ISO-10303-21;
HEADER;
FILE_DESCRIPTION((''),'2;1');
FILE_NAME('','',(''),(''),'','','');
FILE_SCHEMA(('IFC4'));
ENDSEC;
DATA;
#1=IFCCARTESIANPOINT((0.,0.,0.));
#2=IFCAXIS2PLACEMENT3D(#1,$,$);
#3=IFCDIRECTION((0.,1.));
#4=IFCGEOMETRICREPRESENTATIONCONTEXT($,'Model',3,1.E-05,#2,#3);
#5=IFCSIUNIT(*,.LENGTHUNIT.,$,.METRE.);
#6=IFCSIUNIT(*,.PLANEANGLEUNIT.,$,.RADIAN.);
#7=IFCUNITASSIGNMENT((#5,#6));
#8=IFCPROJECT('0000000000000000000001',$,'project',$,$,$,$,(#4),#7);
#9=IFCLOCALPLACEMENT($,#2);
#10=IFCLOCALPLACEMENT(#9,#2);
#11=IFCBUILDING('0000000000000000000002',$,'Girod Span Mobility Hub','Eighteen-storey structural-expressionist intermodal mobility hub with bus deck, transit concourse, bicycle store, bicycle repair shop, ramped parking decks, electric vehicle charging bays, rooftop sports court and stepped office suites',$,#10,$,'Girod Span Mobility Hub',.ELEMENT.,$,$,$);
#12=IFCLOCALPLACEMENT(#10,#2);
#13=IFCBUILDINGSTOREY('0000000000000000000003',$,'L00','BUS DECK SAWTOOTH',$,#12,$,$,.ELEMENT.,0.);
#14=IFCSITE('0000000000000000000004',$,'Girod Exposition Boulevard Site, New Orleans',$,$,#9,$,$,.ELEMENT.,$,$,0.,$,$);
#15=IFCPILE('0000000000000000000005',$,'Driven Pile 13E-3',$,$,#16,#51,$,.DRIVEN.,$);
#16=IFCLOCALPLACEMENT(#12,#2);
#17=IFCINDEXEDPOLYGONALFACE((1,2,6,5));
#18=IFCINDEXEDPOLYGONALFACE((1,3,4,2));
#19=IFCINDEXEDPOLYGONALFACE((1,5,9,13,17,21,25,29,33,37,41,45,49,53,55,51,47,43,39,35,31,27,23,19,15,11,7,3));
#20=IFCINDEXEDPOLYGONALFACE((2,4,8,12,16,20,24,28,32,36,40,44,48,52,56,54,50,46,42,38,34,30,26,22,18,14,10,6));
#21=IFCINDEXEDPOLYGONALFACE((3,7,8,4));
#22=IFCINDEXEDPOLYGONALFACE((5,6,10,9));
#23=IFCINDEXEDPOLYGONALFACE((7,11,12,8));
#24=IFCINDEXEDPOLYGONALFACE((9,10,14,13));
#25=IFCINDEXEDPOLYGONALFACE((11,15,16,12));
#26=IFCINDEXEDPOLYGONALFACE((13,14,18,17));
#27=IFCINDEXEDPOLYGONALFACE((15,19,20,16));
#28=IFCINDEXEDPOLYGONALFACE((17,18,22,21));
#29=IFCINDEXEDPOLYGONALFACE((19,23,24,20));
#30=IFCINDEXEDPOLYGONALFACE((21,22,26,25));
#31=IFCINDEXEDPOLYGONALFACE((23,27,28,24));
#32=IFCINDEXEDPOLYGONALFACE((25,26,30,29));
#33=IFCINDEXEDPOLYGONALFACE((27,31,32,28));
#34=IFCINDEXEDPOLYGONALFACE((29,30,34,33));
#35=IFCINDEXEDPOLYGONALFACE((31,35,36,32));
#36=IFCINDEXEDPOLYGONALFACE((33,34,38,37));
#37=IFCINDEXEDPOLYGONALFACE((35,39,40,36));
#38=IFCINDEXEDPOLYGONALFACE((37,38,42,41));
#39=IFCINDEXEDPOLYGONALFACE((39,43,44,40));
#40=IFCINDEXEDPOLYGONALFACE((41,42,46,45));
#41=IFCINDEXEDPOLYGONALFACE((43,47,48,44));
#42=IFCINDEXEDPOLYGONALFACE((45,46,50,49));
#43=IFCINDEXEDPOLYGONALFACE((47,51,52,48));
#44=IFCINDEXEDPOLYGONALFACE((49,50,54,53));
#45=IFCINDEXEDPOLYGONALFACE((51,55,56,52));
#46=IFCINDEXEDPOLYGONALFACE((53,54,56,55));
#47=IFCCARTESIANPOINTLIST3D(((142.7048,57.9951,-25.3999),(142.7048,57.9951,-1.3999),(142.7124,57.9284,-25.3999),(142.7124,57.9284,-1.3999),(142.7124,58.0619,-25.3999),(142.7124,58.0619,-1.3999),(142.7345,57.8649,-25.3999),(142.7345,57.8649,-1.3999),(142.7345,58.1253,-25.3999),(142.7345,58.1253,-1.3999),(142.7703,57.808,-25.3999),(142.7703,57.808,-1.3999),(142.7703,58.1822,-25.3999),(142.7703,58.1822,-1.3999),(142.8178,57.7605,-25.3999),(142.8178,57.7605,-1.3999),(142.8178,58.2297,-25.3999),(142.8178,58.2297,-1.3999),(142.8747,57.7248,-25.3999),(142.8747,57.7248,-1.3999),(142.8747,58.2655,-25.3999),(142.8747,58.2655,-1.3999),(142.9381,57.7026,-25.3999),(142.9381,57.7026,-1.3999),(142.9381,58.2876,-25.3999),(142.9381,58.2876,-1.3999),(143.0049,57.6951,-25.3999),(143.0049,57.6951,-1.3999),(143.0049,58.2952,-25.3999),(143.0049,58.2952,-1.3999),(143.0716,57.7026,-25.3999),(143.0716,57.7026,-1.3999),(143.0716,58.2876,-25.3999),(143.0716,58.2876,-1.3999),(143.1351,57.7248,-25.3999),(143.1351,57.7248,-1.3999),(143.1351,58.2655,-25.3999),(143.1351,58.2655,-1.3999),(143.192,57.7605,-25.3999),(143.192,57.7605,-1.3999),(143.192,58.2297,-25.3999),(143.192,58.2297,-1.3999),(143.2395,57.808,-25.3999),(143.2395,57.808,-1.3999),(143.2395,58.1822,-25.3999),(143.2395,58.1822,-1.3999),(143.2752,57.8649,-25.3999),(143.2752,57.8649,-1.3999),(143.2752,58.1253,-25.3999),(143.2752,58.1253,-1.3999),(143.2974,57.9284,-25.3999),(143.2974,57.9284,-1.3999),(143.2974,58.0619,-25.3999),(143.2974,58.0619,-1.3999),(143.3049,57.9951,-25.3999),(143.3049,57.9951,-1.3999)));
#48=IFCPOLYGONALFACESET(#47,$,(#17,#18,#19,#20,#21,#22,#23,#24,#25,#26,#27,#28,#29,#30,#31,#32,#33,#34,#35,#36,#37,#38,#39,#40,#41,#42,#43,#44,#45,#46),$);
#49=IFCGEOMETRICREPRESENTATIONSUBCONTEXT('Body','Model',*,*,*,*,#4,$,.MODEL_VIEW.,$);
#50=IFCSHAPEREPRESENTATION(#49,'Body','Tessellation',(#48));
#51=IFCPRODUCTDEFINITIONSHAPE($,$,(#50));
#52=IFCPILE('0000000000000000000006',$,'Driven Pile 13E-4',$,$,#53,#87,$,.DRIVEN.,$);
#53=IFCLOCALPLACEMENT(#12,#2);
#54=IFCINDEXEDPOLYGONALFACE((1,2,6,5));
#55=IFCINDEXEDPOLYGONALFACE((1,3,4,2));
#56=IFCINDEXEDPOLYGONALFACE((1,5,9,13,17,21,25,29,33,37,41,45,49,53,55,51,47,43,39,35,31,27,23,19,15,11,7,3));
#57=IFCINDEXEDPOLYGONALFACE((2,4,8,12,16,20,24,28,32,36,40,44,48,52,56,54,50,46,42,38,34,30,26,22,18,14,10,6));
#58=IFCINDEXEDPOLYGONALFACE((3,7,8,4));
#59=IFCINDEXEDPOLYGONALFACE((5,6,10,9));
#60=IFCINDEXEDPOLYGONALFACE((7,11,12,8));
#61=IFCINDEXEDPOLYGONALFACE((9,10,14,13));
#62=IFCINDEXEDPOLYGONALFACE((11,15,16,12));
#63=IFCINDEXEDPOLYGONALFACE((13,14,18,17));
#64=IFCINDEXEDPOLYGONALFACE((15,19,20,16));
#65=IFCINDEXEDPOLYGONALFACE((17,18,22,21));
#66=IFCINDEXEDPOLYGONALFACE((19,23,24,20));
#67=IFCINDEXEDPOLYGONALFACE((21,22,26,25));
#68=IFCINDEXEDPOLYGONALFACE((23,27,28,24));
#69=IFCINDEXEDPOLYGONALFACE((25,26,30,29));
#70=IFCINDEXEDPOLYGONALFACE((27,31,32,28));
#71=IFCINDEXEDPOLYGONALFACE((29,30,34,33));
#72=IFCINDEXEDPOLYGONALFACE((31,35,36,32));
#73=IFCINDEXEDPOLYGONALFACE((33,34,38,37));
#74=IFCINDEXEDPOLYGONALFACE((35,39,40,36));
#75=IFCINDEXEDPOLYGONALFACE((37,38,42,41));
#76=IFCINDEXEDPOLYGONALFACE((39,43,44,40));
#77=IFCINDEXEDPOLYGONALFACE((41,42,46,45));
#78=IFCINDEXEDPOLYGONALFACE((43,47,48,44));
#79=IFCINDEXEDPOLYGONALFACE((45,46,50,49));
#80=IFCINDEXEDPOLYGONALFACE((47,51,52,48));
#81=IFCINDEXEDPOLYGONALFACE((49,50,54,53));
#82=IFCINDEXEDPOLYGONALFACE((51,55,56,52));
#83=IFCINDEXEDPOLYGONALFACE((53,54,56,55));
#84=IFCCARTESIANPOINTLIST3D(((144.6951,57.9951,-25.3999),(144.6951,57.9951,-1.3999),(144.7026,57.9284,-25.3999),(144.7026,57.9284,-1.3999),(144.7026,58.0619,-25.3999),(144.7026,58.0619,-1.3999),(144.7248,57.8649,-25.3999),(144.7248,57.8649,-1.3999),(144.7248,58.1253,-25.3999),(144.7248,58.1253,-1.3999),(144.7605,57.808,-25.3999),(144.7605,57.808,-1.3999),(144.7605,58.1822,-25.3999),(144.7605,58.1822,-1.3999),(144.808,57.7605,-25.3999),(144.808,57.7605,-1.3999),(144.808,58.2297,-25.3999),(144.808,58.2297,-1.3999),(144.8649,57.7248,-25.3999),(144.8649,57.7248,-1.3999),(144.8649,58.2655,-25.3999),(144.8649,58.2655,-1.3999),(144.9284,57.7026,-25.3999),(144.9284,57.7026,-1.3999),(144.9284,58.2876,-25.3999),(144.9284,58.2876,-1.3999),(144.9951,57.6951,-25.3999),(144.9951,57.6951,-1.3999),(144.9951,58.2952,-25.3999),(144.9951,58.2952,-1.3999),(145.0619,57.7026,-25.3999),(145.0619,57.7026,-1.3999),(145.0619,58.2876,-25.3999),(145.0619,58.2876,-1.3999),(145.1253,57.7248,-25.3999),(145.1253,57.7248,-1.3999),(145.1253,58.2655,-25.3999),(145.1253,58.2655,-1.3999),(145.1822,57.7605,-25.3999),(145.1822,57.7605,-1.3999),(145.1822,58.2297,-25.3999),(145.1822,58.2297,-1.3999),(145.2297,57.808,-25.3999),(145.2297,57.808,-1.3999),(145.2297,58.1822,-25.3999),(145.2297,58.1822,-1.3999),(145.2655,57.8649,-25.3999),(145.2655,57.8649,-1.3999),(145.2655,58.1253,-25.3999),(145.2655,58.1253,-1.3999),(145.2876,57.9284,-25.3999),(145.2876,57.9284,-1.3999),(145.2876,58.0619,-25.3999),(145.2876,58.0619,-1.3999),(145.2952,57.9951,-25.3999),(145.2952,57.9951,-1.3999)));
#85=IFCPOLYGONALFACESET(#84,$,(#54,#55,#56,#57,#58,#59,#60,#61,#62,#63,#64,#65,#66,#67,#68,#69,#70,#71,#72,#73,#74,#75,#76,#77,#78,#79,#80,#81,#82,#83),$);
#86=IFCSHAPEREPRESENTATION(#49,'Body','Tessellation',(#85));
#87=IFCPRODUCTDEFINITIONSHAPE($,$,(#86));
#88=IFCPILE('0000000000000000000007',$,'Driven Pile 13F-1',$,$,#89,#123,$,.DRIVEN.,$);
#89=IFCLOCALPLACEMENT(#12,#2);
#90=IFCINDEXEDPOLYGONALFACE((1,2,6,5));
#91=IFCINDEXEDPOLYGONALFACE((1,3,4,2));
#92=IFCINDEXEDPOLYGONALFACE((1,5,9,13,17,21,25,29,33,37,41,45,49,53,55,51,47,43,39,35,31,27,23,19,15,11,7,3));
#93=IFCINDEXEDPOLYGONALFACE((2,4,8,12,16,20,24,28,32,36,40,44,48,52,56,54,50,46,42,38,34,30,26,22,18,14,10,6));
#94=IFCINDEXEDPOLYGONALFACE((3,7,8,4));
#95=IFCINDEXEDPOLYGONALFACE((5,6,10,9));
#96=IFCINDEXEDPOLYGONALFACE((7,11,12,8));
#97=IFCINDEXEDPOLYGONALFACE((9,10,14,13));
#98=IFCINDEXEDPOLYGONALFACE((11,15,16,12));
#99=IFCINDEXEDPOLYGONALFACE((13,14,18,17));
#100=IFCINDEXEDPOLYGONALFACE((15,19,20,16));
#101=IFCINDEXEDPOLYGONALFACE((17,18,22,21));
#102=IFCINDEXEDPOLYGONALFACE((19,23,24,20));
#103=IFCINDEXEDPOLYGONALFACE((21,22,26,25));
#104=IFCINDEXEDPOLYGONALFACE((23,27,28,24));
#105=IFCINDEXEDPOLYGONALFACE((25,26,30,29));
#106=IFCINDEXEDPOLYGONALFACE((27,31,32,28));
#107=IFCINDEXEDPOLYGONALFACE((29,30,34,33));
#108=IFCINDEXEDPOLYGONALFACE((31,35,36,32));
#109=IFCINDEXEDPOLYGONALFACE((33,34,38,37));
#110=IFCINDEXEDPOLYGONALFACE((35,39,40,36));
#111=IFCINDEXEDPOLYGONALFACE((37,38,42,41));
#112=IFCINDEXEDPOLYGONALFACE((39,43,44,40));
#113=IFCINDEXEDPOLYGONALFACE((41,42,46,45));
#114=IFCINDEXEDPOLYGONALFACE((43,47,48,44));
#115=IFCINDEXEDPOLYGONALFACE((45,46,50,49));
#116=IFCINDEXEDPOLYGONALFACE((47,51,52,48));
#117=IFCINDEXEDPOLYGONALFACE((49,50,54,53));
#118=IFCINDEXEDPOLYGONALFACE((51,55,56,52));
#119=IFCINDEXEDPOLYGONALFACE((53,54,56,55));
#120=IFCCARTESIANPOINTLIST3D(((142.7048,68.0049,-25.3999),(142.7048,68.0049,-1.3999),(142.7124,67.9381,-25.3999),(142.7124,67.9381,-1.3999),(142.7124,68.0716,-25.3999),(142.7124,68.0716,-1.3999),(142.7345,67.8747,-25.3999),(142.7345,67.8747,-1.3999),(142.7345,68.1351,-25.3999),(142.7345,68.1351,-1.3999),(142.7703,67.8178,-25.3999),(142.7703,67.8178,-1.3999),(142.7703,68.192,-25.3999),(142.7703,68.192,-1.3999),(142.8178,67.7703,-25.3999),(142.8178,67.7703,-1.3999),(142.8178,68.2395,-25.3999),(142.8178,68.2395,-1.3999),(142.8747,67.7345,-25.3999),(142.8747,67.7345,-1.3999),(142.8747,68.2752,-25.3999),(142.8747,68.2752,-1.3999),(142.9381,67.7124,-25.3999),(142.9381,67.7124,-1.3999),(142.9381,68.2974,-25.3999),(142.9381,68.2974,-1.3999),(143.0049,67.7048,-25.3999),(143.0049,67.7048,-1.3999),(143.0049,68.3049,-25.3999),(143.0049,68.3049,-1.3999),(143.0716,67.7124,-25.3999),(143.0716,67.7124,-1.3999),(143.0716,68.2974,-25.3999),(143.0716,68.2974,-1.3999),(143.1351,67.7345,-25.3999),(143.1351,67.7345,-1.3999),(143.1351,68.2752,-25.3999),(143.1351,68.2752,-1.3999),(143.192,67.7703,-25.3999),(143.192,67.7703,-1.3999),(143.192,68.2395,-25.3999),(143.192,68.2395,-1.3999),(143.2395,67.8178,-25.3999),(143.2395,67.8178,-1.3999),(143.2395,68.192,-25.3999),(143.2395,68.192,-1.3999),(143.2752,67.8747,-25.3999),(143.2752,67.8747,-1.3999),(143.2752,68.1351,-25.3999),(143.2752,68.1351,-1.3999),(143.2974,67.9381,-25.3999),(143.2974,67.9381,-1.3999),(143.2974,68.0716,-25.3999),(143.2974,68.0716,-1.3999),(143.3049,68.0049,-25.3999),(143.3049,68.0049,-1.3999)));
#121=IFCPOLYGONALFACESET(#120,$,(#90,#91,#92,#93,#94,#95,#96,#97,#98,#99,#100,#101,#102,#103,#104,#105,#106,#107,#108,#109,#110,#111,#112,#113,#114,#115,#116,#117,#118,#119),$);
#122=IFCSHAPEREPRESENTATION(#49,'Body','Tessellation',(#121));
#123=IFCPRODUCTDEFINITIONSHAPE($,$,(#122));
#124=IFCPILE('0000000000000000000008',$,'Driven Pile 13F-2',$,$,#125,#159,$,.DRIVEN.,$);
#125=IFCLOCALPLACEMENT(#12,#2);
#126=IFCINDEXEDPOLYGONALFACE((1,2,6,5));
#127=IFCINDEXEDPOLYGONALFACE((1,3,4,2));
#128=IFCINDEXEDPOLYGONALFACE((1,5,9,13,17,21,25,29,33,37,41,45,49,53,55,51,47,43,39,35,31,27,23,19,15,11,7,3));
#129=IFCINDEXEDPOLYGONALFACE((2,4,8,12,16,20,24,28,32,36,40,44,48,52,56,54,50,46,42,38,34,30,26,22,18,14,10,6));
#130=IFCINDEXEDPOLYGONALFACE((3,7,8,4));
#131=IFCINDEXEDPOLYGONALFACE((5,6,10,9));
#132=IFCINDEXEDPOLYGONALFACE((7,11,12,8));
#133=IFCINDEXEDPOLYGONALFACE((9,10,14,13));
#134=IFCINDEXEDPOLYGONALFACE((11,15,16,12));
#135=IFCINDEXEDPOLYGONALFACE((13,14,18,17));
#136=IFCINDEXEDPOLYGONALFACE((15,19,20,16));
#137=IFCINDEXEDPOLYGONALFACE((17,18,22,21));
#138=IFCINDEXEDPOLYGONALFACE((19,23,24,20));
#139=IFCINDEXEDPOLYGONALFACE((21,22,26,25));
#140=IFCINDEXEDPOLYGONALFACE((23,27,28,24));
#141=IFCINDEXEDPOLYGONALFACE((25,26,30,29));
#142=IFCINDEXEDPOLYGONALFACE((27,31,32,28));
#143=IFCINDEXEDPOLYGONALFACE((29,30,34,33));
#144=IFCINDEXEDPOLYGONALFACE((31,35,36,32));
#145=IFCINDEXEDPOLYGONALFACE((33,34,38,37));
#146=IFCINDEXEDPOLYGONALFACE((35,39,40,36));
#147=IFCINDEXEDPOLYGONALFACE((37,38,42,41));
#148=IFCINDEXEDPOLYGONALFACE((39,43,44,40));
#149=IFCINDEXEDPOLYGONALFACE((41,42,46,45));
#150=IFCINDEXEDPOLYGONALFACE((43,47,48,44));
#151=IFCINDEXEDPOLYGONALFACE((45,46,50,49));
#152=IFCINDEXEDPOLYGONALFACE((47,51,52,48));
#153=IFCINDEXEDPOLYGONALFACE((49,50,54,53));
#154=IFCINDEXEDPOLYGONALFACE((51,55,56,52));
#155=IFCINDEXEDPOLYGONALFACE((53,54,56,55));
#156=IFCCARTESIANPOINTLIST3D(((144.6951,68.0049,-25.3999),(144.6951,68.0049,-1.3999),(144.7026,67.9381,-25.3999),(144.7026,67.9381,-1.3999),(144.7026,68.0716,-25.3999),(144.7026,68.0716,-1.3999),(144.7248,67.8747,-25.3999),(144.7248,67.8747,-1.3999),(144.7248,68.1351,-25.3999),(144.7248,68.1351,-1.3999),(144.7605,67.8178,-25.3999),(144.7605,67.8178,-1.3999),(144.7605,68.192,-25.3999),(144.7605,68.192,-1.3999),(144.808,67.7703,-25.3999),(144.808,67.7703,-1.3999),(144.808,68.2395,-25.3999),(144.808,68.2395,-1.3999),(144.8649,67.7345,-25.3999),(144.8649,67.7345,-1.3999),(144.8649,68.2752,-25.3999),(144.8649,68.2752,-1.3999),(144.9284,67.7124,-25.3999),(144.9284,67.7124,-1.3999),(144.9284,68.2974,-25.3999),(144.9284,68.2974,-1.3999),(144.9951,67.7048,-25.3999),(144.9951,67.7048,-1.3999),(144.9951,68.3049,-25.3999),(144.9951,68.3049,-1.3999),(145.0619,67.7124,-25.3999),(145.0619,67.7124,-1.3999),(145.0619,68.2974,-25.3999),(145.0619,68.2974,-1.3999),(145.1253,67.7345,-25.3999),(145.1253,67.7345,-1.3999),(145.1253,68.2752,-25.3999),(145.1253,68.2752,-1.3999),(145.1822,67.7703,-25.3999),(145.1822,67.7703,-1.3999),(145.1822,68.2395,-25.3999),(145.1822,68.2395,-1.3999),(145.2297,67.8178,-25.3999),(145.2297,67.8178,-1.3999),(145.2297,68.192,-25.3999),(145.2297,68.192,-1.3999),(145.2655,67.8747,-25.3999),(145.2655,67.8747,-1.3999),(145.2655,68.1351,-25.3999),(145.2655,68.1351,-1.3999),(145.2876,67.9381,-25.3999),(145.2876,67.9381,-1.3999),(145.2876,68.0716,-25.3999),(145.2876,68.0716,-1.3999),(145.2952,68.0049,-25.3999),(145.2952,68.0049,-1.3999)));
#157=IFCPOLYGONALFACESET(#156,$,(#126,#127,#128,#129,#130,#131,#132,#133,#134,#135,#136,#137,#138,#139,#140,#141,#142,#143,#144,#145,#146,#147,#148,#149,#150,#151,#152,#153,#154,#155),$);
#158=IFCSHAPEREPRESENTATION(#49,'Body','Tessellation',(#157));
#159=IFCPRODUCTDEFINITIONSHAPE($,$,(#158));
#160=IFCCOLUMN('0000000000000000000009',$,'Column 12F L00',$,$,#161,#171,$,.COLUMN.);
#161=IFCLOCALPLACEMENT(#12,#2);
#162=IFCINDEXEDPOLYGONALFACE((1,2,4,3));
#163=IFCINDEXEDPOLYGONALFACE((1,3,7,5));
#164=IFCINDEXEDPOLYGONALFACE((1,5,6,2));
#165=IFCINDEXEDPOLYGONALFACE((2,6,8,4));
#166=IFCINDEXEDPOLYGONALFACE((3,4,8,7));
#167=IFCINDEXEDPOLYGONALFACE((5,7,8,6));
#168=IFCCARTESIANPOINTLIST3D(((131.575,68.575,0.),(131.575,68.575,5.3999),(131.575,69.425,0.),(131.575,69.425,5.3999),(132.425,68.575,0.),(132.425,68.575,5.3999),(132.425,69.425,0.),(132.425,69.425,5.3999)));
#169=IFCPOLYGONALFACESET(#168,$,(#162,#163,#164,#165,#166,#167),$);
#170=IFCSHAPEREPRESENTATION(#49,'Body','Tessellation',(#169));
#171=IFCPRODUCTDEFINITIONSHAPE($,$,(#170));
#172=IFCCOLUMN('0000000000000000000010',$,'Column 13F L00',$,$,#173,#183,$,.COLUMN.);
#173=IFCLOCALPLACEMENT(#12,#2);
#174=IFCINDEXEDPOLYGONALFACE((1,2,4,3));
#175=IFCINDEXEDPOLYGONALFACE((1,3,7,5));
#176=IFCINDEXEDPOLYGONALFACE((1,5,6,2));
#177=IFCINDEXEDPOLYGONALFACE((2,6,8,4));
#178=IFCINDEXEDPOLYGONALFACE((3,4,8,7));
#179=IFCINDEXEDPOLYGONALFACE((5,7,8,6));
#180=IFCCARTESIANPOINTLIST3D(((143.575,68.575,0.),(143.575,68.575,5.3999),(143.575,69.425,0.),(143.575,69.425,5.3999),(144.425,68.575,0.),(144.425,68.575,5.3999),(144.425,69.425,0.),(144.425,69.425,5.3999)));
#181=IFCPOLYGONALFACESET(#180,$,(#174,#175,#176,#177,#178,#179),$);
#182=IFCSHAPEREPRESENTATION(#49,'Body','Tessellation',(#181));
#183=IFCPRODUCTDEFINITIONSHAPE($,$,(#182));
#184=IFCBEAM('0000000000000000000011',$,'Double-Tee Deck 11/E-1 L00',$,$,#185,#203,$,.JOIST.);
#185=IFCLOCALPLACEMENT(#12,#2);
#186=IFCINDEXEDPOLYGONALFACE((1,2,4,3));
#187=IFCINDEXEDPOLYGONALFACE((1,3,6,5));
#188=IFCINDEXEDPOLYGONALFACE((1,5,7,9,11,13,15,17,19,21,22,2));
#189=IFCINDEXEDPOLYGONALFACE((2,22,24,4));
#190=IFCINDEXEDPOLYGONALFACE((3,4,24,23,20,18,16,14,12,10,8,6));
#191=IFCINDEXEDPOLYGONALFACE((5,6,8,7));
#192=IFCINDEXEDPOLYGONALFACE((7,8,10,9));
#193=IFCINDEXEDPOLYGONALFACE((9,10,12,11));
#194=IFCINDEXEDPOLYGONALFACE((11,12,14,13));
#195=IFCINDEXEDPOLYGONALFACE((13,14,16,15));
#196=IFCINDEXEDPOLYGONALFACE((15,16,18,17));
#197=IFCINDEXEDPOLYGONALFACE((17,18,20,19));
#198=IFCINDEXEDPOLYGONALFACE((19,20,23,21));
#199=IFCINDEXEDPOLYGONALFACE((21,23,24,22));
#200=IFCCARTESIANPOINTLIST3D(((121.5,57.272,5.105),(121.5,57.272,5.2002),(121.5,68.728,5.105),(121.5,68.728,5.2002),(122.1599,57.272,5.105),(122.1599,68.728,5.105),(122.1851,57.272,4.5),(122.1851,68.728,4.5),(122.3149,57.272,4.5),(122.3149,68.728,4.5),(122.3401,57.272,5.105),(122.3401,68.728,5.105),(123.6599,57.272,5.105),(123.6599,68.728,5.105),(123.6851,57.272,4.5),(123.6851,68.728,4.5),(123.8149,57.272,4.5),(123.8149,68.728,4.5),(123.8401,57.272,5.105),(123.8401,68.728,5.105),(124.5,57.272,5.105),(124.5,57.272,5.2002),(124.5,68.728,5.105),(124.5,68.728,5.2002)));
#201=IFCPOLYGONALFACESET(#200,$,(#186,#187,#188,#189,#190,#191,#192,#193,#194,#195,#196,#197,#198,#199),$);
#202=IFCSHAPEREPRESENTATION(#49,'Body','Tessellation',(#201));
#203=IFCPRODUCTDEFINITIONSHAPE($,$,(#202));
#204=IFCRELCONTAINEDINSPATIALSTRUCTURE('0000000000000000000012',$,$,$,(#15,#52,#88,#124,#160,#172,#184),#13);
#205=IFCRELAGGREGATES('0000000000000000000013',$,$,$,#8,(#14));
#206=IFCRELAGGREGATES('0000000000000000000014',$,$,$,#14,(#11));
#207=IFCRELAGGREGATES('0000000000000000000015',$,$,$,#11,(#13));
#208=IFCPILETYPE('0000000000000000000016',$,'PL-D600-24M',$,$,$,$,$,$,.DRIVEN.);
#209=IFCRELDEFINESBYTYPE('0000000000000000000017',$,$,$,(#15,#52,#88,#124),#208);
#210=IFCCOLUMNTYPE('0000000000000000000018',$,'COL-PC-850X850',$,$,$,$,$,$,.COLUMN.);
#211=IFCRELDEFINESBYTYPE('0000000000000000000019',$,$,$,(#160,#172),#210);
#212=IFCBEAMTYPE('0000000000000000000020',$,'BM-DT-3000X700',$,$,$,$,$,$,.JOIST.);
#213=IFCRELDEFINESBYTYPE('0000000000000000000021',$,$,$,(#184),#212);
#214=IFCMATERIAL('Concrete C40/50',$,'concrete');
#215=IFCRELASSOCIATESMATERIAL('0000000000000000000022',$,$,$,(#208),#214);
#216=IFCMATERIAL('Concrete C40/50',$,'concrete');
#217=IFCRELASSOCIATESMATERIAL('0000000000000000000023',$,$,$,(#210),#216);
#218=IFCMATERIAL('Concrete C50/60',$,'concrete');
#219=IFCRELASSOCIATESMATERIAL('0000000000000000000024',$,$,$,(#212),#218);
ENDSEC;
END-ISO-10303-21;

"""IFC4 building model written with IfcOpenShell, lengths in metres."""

from ifc_helpers import new_model, si_unit, direction, frame, origin, origin_2d, place, context, subcontext, project, spatial, polyline, rectangle, circle, outline, extrude, material, material_profile, profile_set, type_object, element, save


model = new_model("IFC4")

# Units and contexts
model_context = context("Model", 3, precision=1e-05, world=origin(), true_north=direction((0.0, 1.0)))
body_context = subcontext(model_context, "Body", "Model", "MODEL_VIEW")
ifc_project = project(units=[si_unit("LENGTHUNIT", "METRE"), si_unit("PLANEANGLEUNIT", "RADIAN")], contexts=[model_context])

# Site, building, storey
site_placement = place(None, origin())
site = spatial("IfcSite", under=ifc_project, at=site_placement, Name="Girod Exposition Boulevard Site, New Orleans", CompositionType="ELEMENT", RefElevation=0.0)
building_placement = place(site_placement, origin())
building = spatial("IfcBuilding", under=site, at=building_placement, Name="Girod Span Mobility Hub", Description="Eighteen-storey structural-expressionist intermodal mobility hub with bus deck, transit concourse, bicycle store, bicycle repair shop, ramped parking decks, electric vehicle charging bays, rooftop sports court and stepped office suites", LongName="Girod Span Mobility Hub", CompositionType="ELEMENT")
storey_placement = place(building_placement, origin())
storey = spatial("IfcBuildingStorey", under=building, at=storey_placement, Name="L00", Description="BUS DECK SAWTOOTH", CompositionType="ELEMENT", Elevation=0.0)

# Piles
ifc_material_1 = material(Name="Concrete C40/50", Category="concrete")
ifc_material_profile_1 = material_profile(ifc_material_1, circle(Radius=0.3, at=origin_2d()), Name="PILE-D600")
ifc_profile_set_1 = profile_set([ifc_material_profile_1], Name="Concrete C40/50")
pile_type = type_object("IfcPileType", Name="PL-D600-24M", PredefinedType="DRIVEN", material=ifc_profile_set_1)
for number, where, z_axis, x_axis, name in (
    (1, (143.0049, 57.9951, -1.3999), (0.0, 0.0, -1.0), (1.0, 0.0, 0.0), "Driven Pile 13E-3"),
    (2, (144.9951, 57.9951, -1.3999), (0.0, 0.0, -1.0), (1.0, 0.0, 0.0), "Driven Pile 13E-4"),
    (3, (143.0049, 68.0049, -1.3999), (0.0, 0.0, -1.0), (1.0, 0.0, 0.0), "Driven Pile 13F-1"),
    (4, (144.9951, 68.0049, -1.3999), (0.0, 0.0, -1.0), (1.0, 0.0, 0.0), "Driven Pile 13F-2"),
):
    element("IfcPile", number, at=place(storey_placement, frame(where, z_axis=z_axis, x_axis=x_axis)), inside=storey, type_object=pile_type, Name=name, PredefinedType="DRIVEN", context=body_context, shape_type="SweptSolid", body=[
        extrude(circle(Radius=0.3, at=origin_2d()), origin(), (0.0, 0.0, 1.0), 24.0),
    ])

# Columns
ifc_material_2 = material(Name="Concrete C40/50", Category="concrete")
ifc_material_profile_2 = material_profile(ifc_material_2, rectangle(XDim=0.8501, YDim=0.8501, at=origin_2d()), Name="PC-COL-850X850")
ifc_profile_set_2 = profile_set([ifc_material_profile_2], Name="Concrete C40/50")
column_type = type_object("IfcColumnType", Name="COL-PC-850X850", PredefinedType="COLUMN", material=ifc_profile_set_2)
for number, where, z_axis, x_axis, name in (
    (5, (132.0, 69.0, 0.0), (0.0, 0.0, 1.0), (1.0, 0.0, 0.0), "Column 12F L00"),
    (6, (144.0, 69.0, 0.0), (0.0, 0.0, 1.0), (1.0, 0.0, 0.0), "Column 13F L00"),
):
    element("IfcColumn", number, at=place(storey_placement, frame(where, z_axis=z_axis, x_axis=x_axis)), inside=storey, type_object=column_type, Name=name, PredefinedType="COLUMN", context=body_context, shape_type="SweptSolid", body=[
        extrude(rectangle(XDim=0.8501, YDim=0.8501, at=origin_2d()), origin(), (0.0, 0.0, 1.0), 5.3999),
    ])

# Beam
ifc_material_3 = material(Name="Concrete C50/60", Category="concrete")
ifc_material_profile_3 = material_profile(ifc_material_3, outline(polyline([(-1.5, 0.3501), (-1.5, 0.2549), (-0.8401, 0.2549), (-0.8149, -0.3501), (-0.6851, -0.3501), (-0.6599, 0.2549), (0.6599, 0.2549), (0.6851, -0.3501), (0.8149, -0.3501), (0.8401, 0.2549), (1.5, 0.2549), (1.5, 0.3501), (-1.5, 0.3501)])), Name="DT-3000X700")
ifc_profile_set_3 = profile_set([ifc_material_profile_3], Name="Concrete C50/60")
beam_type_1 = type_object("IfcBeamType", Name="BM-DT-3000X700", PredefinedType="JOIST", material=ifc_profile_set_3)
for number, where, z_axis, x_axis, name in (
    (7, (123.0, 57.272, 4.8501), (0.0, 1.0, 0.0), (-1.0, 0.0, 0.0), "Double-Tee Deck 11/E-1 L00"),
):
    element("IfcBeam", number, at=place(storey_placement, frame(where, z_axis=z_axis, x_axis=x_axis)), inside=storey, type_object=beam_type_1, Name=name, PredefinedType="JOIST", context=body_context, shape_type="SweptSolid", body=[
        extrude(outline(polyline([(-1.5, 0.3501), (-1.5, 0.2549), (-0.8401, 0.2549), (-0.8149, -0.3501), (-0.6851, -0.3501), (-0.6599, 0.2549), (0.6599, 0.2549), (0.6851, -0.3501), (0.8149, -0.3501), (0.8401, 0.2549), (1.5, 0.2549), (1.5, 0.3501), (-1.5, 0.3501)])), origin(), (0.0, 0.0, 1.0), 11.4561),
    ])

save(model, "model.ifc")
